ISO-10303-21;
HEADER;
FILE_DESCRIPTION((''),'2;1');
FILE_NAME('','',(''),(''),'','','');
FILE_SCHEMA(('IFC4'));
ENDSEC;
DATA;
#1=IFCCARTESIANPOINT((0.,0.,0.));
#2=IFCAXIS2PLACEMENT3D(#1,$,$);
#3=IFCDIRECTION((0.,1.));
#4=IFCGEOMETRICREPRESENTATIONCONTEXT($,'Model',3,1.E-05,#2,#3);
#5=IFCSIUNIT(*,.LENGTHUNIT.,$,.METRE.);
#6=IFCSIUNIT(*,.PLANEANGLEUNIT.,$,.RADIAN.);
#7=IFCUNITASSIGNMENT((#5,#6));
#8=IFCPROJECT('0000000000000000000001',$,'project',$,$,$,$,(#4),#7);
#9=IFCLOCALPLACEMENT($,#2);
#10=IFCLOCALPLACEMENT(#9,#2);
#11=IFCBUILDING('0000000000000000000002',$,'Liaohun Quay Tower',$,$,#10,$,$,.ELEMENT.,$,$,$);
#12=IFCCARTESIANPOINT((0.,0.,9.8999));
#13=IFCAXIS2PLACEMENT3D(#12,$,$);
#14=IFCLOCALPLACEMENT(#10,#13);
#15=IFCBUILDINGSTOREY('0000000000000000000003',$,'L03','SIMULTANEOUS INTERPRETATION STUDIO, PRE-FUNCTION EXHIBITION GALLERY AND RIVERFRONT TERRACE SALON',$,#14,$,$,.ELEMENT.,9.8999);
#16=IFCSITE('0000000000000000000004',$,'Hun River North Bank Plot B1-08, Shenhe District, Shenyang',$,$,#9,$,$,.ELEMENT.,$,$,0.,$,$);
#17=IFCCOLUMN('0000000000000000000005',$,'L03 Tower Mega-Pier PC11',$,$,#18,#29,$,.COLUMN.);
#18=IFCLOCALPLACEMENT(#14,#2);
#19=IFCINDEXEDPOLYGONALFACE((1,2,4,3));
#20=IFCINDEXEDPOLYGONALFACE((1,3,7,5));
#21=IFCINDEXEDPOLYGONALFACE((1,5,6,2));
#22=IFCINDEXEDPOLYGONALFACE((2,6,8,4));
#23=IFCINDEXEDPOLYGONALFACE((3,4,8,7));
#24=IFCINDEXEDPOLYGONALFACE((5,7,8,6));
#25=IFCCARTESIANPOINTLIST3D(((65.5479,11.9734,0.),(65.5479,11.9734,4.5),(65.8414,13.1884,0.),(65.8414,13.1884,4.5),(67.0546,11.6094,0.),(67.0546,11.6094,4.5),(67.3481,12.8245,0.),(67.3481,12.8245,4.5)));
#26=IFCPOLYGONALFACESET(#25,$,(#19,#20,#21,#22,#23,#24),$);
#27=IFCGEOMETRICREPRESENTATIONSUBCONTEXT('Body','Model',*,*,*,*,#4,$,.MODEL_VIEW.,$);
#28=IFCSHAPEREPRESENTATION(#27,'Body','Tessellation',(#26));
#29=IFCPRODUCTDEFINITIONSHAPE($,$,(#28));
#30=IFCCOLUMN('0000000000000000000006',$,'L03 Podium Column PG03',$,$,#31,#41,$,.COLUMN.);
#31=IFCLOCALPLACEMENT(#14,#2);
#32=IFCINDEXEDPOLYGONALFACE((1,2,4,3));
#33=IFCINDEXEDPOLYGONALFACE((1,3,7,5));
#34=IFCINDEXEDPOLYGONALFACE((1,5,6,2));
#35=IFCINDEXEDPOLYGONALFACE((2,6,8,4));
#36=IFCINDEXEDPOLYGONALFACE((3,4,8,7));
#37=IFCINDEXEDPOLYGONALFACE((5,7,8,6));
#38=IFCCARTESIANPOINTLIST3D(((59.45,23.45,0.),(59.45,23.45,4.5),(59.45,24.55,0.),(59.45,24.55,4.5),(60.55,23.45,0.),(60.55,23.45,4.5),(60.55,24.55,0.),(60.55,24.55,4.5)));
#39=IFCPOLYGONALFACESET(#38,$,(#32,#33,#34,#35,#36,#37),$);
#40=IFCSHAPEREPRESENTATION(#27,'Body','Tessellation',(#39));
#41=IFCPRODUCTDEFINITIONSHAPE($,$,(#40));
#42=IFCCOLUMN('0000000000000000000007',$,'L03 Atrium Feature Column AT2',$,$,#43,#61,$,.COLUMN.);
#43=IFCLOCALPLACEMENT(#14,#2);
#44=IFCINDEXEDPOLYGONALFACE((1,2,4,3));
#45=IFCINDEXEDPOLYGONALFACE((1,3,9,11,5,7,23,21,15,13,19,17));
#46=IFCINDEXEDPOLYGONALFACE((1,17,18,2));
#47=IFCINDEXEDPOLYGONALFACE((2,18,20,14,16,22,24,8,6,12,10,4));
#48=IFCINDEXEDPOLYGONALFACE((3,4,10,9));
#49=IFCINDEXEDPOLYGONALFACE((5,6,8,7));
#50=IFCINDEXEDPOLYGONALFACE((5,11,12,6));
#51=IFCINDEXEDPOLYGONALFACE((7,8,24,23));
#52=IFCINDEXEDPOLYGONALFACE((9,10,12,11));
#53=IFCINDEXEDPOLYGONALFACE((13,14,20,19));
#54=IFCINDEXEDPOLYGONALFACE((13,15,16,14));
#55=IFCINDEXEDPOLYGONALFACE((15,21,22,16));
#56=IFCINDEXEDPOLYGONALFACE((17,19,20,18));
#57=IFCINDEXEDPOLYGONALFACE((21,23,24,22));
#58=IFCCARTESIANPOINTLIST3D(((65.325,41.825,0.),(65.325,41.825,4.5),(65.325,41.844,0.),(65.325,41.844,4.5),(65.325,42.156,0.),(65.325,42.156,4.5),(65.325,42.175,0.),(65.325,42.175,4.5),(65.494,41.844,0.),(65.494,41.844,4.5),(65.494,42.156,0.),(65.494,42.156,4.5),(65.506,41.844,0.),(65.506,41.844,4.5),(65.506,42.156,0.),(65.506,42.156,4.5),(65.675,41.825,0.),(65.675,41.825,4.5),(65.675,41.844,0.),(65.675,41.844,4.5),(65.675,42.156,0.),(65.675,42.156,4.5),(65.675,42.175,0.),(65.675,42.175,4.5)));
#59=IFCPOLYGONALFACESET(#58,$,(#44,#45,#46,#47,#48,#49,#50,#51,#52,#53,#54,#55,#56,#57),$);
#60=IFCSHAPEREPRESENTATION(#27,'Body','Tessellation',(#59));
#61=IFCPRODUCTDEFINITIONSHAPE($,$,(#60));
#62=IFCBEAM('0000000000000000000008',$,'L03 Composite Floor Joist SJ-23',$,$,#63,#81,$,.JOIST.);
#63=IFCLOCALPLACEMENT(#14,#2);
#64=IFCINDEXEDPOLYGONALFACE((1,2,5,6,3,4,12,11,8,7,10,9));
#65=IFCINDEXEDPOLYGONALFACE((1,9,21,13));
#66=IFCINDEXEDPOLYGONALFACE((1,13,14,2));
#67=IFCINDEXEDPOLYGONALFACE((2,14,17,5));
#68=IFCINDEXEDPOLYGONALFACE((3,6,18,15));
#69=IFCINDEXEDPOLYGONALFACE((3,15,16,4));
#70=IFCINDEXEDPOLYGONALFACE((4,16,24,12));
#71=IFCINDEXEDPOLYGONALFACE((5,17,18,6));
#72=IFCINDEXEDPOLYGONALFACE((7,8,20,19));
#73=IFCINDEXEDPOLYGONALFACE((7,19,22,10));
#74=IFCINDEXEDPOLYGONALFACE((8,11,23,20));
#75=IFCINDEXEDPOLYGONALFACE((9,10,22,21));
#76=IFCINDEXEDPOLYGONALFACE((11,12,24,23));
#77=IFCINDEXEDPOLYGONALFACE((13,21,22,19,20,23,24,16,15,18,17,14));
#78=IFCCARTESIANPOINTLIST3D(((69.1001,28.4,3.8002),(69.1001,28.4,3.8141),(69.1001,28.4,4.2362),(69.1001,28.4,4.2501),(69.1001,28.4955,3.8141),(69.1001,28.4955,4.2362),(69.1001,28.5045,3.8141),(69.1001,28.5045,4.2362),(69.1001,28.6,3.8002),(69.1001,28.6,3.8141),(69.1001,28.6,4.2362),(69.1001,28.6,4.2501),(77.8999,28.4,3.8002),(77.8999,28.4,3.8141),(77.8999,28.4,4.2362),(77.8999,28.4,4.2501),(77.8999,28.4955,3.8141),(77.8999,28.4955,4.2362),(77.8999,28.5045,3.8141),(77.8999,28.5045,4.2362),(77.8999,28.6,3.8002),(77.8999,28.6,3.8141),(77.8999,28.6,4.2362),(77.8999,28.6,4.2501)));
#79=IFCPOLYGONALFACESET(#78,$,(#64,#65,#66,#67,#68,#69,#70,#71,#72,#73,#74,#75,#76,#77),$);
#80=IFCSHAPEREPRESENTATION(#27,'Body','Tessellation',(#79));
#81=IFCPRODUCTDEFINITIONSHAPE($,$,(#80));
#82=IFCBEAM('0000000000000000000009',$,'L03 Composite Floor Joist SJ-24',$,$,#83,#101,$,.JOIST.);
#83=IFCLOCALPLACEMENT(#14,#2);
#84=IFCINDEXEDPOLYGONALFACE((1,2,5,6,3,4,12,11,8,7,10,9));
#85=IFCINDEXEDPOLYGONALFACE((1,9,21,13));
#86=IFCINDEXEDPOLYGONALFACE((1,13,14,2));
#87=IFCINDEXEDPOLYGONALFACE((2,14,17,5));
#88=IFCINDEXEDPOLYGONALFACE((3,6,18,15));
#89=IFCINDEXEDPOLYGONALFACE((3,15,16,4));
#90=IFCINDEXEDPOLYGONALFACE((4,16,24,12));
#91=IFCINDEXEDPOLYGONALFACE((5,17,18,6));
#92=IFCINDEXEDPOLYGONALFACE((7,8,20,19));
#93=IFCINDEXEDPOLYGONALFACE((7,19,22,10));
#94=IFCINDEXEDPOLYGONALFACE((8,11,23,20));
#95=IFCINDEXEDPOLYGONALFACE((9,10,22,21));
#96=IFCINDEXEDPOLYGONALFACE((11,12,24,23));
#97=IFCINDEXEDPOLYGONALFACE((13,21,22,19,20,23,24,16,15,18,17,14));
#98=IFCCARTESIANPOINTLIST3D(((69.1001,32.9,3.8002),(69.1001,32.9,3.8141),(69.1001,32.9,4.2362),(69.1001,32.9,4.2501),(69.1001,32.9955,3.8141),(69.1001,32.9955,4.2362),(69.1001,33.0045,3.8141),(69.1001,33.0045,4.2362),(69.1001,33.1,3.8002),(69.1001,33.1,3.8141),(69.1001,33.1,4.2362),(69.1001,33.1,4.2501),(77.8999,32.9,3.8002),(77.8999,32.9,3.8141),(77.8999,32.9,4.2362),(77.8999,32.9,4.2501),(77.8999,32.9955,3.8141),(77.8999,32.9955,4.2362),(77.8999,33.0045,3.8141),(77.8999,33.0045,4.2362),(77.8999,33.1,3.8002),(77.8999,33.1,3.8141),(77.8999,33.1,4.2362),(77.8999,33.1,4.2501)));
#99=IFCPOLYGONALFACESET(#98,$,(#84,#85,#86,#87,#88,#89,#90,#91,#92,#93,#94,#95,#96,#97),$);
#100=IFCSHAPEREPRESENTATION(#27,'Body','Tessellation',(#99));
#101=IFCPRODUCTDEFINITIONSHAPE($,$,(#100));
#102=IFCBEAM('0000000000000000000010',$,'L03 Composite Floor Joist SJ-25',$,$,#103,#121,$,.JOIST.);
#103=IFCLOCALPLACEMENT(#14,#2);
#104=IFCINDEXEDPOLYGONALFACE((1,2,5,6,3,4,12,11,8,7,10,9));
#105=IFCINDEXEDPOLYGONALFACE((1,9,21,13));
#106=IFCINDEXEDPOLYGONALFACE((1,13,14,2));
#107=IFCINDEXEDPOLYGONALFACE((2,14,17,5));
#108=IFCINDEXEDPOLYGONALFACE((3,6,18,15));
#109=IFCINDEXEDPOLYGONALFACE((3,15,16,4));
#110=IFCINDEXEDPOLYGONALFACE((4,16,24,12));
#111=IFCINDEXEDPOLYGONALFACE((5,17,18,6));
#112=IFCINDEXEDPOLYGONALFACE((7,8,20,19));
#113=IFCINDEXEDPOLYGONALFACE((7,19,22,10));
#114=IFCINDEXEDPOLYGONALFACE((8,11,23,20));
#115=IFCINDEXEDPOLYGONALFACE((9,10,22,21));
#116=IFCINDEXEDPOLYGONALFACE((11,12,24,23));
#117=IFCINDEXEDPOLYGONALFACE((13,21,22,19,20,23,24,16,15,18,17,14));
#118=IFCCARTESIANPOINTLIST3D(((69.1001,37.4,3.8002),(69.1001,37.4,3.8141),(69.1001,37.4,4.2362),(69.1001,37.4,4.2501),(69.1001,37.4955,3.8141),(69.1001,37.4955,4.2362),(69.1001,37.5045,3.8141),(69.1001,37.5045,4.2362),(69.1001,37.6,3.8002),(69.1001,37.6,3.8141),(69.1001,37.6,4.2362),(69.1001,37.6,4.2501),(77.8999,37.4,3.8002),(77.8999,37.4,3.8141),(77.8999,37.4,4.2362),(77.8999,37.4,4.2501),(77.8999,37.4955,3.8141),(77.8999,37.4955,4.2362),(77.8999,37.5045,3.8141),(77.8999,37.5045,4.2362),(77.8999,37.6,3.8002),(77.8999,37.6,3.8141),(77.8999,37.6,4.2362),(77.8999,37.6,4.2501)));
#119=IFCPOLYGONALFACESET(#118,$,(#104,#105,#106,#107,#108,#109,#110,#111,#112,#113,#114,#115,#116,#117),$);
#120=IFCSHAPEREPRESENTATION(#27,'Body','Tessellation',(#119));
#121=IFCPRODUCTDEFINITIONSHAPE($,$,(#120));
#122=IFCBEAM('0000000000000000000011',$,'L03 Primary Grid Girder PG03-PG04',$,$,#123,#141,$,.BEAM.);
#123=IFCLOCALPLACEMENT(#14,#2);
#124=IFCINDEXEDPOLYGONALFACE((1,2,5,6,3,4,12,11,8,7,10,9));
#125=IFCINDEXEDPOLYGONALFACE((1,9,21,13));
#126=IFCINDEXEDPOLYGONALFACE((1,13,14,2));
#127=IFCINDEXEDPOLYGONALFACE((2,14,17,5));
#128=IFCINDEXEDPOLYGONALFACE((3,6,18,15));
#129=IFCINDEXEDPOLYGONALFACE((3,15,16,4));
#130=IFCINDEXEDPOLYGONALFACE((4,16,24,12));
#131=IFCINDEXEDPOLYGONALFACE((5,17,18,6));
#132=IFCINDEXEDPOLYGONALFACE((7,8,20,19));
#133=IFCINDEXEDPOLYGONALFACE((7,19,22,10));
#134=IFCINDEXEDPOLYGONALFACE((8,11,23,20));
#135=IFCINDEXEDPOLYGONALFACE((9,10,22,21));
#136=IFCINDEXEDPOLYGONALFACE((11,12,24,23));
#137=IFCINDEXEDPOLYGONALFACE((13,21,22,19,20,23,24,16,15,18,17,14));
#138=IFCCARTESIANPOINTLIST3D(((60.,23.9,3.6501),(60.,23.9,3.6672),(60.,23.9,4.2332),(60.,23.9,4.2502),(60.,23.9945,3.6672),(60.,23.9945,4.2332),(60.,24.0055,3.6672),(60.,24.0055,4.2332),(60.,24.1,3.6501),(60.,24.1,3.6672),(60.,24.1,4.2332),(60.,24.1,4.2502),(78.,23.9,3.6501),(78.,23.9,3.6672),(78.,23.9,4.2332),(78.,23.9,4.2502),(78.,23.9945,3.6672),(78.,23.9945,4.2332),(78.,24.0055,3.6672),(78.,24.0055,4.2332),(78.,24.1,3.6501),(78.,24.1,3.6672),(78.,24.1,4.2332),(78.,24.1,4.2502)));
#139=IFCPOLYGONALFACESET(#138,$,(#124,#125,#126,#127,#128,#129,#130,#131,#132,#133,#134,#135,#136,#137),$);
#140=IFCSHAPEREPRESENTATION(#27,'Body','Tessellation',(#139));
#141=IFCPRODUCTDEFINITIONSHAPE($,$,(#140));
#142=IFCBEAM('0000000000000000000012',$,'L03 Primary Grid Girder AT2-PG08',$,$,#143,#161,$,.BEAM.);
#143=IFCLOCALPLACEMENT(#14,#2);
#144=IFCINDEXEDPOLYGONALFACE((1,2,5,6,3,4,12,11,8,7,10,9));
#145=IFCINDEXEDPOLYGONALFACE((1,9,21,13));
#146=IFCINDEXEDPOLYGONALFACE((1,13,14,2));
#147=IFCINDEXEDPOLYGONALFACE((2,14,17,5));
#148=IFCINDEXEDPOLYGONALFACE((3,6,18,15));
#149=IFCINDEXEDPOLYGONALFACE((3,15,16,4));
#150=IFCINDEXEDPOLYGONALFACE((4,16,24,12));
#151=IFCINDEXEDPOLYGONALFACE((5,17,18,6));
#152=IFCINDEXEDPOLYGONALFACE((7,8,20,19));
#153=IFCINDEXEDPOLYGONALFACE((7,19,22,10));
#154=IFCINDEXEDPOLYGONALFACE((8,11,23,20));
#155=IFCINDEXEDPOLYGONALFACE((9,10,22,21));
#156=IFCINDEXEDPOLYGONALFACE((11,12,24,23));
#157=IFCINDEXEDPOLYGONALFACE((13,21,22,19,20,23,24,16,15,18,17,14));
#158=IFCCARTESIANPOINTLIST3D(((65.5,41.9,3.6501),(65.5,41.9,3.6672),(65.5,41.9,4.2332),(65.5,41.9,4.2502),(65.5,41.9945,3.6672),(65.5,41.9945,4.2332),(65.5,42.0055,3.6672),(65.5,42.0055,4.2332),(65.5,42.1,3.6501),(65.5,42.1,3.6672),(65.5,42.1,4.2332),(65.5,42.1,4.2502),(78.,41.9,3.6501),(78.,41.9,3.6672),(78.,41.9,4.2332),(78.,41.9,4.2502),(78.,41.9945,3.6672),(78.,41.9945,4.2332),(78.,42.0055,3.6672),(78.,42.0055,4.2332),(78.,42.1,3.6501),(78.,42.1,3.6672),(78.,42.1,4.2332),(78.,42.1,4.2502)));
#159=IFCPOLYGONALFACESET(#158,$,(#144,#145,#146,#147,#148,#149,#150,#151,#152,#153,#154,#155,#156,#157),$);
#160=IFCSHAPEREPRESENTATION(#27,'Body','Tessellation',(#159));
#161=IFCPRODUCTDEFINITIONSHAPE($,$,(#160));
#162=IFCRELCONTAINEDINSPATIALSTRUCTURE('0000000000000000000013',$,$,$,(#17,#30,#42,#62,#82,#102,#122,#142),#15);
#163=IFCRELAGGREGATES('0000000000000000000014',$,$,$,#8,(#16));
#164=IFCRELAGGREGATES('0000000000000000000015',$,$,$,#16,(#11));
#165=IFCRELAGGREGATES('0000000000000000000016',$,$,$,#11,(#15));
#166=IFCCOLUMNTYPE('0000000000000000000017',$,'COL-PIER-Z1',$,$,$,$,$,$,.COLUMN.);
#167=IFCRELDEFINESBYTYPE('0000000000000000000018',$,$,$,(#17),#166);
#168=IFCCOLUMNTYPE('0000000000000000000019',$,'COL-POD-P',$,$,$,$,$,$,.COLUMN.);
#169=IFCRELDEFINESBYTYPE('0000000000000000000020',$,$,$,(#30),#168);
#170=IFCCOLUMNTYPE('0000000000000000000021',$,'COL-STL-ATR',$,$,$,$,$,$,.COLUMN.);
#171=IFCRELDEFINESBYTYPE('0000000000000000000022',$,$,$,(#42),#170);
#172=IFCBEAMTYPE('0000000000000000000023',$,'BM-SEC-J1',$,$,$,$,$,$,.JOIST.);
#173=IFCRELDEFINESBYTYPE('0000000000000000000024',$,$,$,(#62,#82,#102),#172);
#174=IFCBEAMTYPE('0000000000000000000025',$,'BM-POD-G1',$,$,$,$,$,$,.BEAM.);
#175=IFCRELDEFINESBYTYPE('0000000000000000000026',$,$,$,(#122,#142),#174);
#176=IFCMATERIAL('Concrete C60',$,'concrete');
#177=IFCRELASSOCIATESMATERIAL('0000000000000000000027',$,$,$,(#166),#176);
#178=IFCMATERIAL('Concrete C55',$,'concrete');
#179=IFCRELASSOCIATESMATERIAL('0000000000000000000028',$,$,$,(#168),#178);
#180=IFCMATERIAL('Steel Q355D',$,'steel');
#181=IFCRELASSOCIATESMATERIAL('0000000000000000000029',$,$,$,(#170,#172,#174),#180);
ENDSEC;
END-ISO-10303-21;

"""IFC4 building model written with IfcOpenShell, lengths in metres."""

from ifc_helpers import new_model, si_unit, direction, frame, origin, origin_2d, place, context, subcontext, project, spatial, rectangle, i_section, extrude, source, transform, mapped, material, material_profile, profile_set, type_object, element, save


model = new_model("IFC4")

# Units and contexts
model_context = context("Model", 3, precision=1e-05, world=origin(), true_north=direction((0.0, 1.0)))
body_context = subcontext(model_context, "Body", "Model", "MODEL_VIEW")
ifc_project = project(units=[si_unit("LENGTHUNIT", "METRE"), si_unit("PLANEANGLEUNIT", "RADIAN")], contexts=[model_context])

# Site, building, storey
site_placement = place(None, origin())
site = spatial("IfcSite", under=ifc_project, at=site_placement, Name="Hun River North Bank Plot B1-08, Shenhe District, Shenyang", CompositionType="ELEMENT", RefElevation=0.0)
building_placement = place(site_placement, origin())
building = spatial("IfcBuilding", under=site, at=building_placement, Name="Liaohun Quay Tower", CompositionType="ELEMENT")
storey_placement = place(building_placement, frame((0.0, 0.0, 9.8999)))
storey = spatial("IfcBuildingStorey", under=building, at=storey_placement, Name="L03", Description="SIMULTANEOUS INTERPRETATION STUDIO, PRE-FUNCTION EXHIBITION GALLERY AND RIVERFRONT TERRACE SALON", CompositionType="ELEMENT", Elevation=9.8999)

# Columns
ifc_material_1 = material(Name="Concrete C60", Category="concrete")
ifc_material_profile_1 = material_profile(ifc_material_1, rectangle(XDim=1.55, YDim=1.25, at=origin_2d()), Name="RC1550x1250")
ifc_profile_set_1 = profile_set([ifc_material_profile_1], Name="Concrete C60")
column_type_1 = type_object("IfcColumnType", Name="COL-PIER-Z1", PredefinedType="COLUMN", material=ifc_profile_set_1)
shared_shape_1 = source(origin(), body_context, "Body", "SweptSolid", [
    extrude(rectangle(XDim=1.55, YDim=1.25, at=origin_2d()), origin(), (0.0, 0.0, 1.0), 4.5),
])
column_1_placement = place(storey_placement, frame((66.448, 12.3989, 0.0), z_axis=(0.0, 0.0, 1.0), x_axis=(-0.972043, 0.234803, 0.0)))
element("IfcColumn", 1, at=column_1_placement, inside=storey, type_object=column_type_1, Name="L03 Tower Mega-Pier PC11", PredefinedType="COLUMN", context=body_context, shape_type="MappedRepresentation", body=[
    mapped(shared_shape_1, transform((0.0, 0.0, 0.0), x_axis=(1.0, 0.0, 0.0), y_axis=(0.0, 1.0, 0.0), z_axis=(0.0, 0.0, 1.0), scale=1.0)),
])
ifc_material_2 = material(Name="Concrete C55", Category="concrete")
ifc_material_profile_2 = material_profile(ifc_material_2, rectangle(XDim=1.1001, YDim=1.1001, at=origin_2d()), Name="RC1100x1100")
ifc_profile_set_2 = profile_set([ifc_material_profile_2], Name="Concrete C55")
column_type_2 = type_object("IfcColumnType", Name="COL-POD-P", PredefinedType="COLUMN", material=ifc_profile_set_2)
shared_shape_2 = source(origin(), body_context, "Body", "SweptSolid", [
    extrude(rectangle(XDim=1.1001, YDim=1.1001, at=origin_2d()), origin(), (0.0, 0.0, 1.0), 4.5),
])
column_2_placement = place(storey_placement, frame((60.0, 24.0, 0.0), z_axis=(0.0, 0.0, 1.0), x_axis=(1.0, 0.0, 0.0)))
element("IfcColumn", 2, at=column_2_placement, inside=storey, type_object=column_type_2, Name="L03 Podium Column PG03", PredefinedType="COLUMN", context=body_context, shape_type="MappedRepresentation", body=[
    mapped(shared_shape_2, transform((0.0, 0.0, 0.0), x_axis=(1.0, 0.0, 0.0), y_axis=(0.0, 1.0, 0.0), z_axis=(0.0, 0.0, 1.0), scale=1.0)),
])
ifc_material_3 = material(Name="Steel Q355D", Category="steel")
ifc_material_profile_3 = material_profile(ifc_material_3, i_section(OverallWidth=0.3501, OverallDepth=0.3501, WebThickness=0.012, FlangeThickness=0.019, at=origin_2d()), Name="HW350x350x12x19")
ifc_profile_set_3 = profile_set([ifc_material_profile_3], Name="Steel Q355D")
column_type_3 = type_object("IfcColumnType", Name="COL-STL-ATR", PredefinedType="COLUMN", material=ifc_profile_set_3)
shared_shape_3 = source(origin(), body_context, "Body", "SweptSolid", [
    extrude(i_section(OverallWidth=0.3501, OverallDepth=0.3501, WebThickness=0.012, FlangeThickness=0.019, at=origin_2d()), origin(), (0.0, 0.0, 1.0), 4.5),
])
column_3_placement = place(storey_placement, frame((65.5, 42.0, 0.0), z_axis=(0.0, 0.0, 1.0), x_axis=(1.0, 0.0, 0.0)))
element("IfcColumn", 3, at=column_3_placement, inside=storey, type_object=column_type_3, Name="L03 Atrium Feature Column AT2", PredefinedType="COLUMN", context=body_context, shape_type="MappedRepresentation", body=[
    mapped(shared_shape_3, transform((0.0, 0.0, 0.0), x_axis=(1.0, 0.0, 0.0), y_axis=(0.0, 1.0, 0.0), z_axis=(0.0, 0.0, 1.0), scale=1.0)),
])

# Beams
ifc_material_profile_4 = material_profile(ifc_material_3, i_section(OverallWidth=0.2, OverallDepth=0.45, WebThickness=0.009, FlangeThickness=0.0139, at=origin_2d()), Name="HN450x200x9x14")
ifc_profile_set_4 = profile_set([ifc_material_profile_4], Name="Steel Q355D")
beam_type_1 = type_object("IfcBeamType", Name="BM-SEC-J1", PredefinedType="JOIST", material=ifc_profile_set_4)
shared_shape_4 = source(origin(), body_context, "Body", "SweptSolid", [
    extrude(i_section(OverallWidth=0.2, OverallDepth=0.45, WebThickness=0.009, FlangeThickness=0.0139, at=origin_2d()), origin(), (0.0, 0.0, 1.0), 8.7998),
])
for number, where, z_axis, x_axis, name in (
    (4, (69.1001, 28.5, 4.0251), (1.0, 0.0, 0.0), (0.0, 1.0, 0.0), "L03 Composite Floor Joist SJ-23"),
    (5, (69.1001, 33.0, 4.0251), (1.0, 0.0, 0.0), (0.0, 1.0, 0.0), "L03 Composite Floor Joist SJ-24"),
    (6, (69.1001, 37.5, 4.0251), (1.0, 0.0, 0.0), (0.0, 1.0, 0.0), "L03 Composite Floor Joist SJ-25"),
):
    element("IfcBeam", number, at=place(storey_placement, frame(where, z_axis=z_axis, x_axis=x_axis)), inside=storey, type_object=beam_type_1, Name=name, PredefinedType="JOIST", context=body_context, shape_type="MappedRepresentation", body=[
        mapped(shared_shape_4, transform((0.0, 0.0, 0.0), x_axis=(1.0, 0.0, 0.0), y_axis=(0.0, 1.0, 0.0), z_axis=(0.0, 0.0, 1.0), scale=1.0)),
    ])
ifc_material_profile_5 = material_profile(ifc_material_3, i_section(OverallWidth=0.2, OverallDepth=0.6001, WebThickness=0.011, FlangeThickness=0.0171, at=origin_2d()), Name="HN600x200x11x17")
ifc_profile_set_5 = profile_set([ifc_material_profile_5], Name="Steel Q355D")
beam_type_2 = type_object("IfcBeamType", Name="BM-POD-G1", PredefinedType="BEAM", material=ifc_profile_set_5)
shared_shape_5 = source(origin(), body_context, "Body", "SweptSolid", [
    extrude(i_section(OverallWidth=0.2, OverallDepth=0.6001, WebThickness=0.011, FlangeThickness=0.0171, at=origin_2d()), origin(), (0.0, 0.0, 1.0), 18.0),
])
beam_1_placement = place(storey_placement, frame((60.0, 24.0, 3.9502), z_axis=(1.0, 0.0, 0.0), x_axis=(0.0, 1.0, 0.0)))
element("IfcBeam", 7, at=beam_1_placement, inside=storey, type_object=beam_type_2, Name="L03 Primary Grid Girder PG03-PG04", PredefinedType="BEAM", context=body_context, shape_type="MappedRepresentation", body=[
    mapped(shared_shape_5, transform((0.0, 0.0, 0.0), x_axis=(1.0, 0.0, 0.0), y_axis=(0.0, 1.0, 0.0), z_axis=(0.0, 0.0, 1.0), scale=1.0)),
])
shared_shape_6 = source(origin(), body_context, "Body", "SweptSolid", [
    extrude(i_section(OverallWidth=0.2, OverallDepth=0.6001, WebThickness=0.011, FlangeThickness=0.0171, at=origin_2d()), origin(), (0.0, 0.0, 1.0), 12.5),
])
beam_2_placement = place(storey_placement, frame((65.5, 42.0, 3.9502), z_axis=(1.0, 0.0, 0.0), x_axis=(0.0, 1.0, 0.0)))
element("IfcBeam", 8, at=beam_2_placement, inside=storey, type_object=beam_type_2, Name="L03 Primary Grid Girder AT2-PG08", PredefinedType="BEAM", context=body_context, shape_type="MappedRepresentation", body=[
    mapped(shared_shape_6, transform((0.0, 0.0, 0.0), x_axis=(1.0, 0.0, 0.0), y_axis=(0.0, 1.0, 0.0), z_axis=(0.0, 0.0, 1.0), scale=1.0)),
])

save(model, "model.ifc")
